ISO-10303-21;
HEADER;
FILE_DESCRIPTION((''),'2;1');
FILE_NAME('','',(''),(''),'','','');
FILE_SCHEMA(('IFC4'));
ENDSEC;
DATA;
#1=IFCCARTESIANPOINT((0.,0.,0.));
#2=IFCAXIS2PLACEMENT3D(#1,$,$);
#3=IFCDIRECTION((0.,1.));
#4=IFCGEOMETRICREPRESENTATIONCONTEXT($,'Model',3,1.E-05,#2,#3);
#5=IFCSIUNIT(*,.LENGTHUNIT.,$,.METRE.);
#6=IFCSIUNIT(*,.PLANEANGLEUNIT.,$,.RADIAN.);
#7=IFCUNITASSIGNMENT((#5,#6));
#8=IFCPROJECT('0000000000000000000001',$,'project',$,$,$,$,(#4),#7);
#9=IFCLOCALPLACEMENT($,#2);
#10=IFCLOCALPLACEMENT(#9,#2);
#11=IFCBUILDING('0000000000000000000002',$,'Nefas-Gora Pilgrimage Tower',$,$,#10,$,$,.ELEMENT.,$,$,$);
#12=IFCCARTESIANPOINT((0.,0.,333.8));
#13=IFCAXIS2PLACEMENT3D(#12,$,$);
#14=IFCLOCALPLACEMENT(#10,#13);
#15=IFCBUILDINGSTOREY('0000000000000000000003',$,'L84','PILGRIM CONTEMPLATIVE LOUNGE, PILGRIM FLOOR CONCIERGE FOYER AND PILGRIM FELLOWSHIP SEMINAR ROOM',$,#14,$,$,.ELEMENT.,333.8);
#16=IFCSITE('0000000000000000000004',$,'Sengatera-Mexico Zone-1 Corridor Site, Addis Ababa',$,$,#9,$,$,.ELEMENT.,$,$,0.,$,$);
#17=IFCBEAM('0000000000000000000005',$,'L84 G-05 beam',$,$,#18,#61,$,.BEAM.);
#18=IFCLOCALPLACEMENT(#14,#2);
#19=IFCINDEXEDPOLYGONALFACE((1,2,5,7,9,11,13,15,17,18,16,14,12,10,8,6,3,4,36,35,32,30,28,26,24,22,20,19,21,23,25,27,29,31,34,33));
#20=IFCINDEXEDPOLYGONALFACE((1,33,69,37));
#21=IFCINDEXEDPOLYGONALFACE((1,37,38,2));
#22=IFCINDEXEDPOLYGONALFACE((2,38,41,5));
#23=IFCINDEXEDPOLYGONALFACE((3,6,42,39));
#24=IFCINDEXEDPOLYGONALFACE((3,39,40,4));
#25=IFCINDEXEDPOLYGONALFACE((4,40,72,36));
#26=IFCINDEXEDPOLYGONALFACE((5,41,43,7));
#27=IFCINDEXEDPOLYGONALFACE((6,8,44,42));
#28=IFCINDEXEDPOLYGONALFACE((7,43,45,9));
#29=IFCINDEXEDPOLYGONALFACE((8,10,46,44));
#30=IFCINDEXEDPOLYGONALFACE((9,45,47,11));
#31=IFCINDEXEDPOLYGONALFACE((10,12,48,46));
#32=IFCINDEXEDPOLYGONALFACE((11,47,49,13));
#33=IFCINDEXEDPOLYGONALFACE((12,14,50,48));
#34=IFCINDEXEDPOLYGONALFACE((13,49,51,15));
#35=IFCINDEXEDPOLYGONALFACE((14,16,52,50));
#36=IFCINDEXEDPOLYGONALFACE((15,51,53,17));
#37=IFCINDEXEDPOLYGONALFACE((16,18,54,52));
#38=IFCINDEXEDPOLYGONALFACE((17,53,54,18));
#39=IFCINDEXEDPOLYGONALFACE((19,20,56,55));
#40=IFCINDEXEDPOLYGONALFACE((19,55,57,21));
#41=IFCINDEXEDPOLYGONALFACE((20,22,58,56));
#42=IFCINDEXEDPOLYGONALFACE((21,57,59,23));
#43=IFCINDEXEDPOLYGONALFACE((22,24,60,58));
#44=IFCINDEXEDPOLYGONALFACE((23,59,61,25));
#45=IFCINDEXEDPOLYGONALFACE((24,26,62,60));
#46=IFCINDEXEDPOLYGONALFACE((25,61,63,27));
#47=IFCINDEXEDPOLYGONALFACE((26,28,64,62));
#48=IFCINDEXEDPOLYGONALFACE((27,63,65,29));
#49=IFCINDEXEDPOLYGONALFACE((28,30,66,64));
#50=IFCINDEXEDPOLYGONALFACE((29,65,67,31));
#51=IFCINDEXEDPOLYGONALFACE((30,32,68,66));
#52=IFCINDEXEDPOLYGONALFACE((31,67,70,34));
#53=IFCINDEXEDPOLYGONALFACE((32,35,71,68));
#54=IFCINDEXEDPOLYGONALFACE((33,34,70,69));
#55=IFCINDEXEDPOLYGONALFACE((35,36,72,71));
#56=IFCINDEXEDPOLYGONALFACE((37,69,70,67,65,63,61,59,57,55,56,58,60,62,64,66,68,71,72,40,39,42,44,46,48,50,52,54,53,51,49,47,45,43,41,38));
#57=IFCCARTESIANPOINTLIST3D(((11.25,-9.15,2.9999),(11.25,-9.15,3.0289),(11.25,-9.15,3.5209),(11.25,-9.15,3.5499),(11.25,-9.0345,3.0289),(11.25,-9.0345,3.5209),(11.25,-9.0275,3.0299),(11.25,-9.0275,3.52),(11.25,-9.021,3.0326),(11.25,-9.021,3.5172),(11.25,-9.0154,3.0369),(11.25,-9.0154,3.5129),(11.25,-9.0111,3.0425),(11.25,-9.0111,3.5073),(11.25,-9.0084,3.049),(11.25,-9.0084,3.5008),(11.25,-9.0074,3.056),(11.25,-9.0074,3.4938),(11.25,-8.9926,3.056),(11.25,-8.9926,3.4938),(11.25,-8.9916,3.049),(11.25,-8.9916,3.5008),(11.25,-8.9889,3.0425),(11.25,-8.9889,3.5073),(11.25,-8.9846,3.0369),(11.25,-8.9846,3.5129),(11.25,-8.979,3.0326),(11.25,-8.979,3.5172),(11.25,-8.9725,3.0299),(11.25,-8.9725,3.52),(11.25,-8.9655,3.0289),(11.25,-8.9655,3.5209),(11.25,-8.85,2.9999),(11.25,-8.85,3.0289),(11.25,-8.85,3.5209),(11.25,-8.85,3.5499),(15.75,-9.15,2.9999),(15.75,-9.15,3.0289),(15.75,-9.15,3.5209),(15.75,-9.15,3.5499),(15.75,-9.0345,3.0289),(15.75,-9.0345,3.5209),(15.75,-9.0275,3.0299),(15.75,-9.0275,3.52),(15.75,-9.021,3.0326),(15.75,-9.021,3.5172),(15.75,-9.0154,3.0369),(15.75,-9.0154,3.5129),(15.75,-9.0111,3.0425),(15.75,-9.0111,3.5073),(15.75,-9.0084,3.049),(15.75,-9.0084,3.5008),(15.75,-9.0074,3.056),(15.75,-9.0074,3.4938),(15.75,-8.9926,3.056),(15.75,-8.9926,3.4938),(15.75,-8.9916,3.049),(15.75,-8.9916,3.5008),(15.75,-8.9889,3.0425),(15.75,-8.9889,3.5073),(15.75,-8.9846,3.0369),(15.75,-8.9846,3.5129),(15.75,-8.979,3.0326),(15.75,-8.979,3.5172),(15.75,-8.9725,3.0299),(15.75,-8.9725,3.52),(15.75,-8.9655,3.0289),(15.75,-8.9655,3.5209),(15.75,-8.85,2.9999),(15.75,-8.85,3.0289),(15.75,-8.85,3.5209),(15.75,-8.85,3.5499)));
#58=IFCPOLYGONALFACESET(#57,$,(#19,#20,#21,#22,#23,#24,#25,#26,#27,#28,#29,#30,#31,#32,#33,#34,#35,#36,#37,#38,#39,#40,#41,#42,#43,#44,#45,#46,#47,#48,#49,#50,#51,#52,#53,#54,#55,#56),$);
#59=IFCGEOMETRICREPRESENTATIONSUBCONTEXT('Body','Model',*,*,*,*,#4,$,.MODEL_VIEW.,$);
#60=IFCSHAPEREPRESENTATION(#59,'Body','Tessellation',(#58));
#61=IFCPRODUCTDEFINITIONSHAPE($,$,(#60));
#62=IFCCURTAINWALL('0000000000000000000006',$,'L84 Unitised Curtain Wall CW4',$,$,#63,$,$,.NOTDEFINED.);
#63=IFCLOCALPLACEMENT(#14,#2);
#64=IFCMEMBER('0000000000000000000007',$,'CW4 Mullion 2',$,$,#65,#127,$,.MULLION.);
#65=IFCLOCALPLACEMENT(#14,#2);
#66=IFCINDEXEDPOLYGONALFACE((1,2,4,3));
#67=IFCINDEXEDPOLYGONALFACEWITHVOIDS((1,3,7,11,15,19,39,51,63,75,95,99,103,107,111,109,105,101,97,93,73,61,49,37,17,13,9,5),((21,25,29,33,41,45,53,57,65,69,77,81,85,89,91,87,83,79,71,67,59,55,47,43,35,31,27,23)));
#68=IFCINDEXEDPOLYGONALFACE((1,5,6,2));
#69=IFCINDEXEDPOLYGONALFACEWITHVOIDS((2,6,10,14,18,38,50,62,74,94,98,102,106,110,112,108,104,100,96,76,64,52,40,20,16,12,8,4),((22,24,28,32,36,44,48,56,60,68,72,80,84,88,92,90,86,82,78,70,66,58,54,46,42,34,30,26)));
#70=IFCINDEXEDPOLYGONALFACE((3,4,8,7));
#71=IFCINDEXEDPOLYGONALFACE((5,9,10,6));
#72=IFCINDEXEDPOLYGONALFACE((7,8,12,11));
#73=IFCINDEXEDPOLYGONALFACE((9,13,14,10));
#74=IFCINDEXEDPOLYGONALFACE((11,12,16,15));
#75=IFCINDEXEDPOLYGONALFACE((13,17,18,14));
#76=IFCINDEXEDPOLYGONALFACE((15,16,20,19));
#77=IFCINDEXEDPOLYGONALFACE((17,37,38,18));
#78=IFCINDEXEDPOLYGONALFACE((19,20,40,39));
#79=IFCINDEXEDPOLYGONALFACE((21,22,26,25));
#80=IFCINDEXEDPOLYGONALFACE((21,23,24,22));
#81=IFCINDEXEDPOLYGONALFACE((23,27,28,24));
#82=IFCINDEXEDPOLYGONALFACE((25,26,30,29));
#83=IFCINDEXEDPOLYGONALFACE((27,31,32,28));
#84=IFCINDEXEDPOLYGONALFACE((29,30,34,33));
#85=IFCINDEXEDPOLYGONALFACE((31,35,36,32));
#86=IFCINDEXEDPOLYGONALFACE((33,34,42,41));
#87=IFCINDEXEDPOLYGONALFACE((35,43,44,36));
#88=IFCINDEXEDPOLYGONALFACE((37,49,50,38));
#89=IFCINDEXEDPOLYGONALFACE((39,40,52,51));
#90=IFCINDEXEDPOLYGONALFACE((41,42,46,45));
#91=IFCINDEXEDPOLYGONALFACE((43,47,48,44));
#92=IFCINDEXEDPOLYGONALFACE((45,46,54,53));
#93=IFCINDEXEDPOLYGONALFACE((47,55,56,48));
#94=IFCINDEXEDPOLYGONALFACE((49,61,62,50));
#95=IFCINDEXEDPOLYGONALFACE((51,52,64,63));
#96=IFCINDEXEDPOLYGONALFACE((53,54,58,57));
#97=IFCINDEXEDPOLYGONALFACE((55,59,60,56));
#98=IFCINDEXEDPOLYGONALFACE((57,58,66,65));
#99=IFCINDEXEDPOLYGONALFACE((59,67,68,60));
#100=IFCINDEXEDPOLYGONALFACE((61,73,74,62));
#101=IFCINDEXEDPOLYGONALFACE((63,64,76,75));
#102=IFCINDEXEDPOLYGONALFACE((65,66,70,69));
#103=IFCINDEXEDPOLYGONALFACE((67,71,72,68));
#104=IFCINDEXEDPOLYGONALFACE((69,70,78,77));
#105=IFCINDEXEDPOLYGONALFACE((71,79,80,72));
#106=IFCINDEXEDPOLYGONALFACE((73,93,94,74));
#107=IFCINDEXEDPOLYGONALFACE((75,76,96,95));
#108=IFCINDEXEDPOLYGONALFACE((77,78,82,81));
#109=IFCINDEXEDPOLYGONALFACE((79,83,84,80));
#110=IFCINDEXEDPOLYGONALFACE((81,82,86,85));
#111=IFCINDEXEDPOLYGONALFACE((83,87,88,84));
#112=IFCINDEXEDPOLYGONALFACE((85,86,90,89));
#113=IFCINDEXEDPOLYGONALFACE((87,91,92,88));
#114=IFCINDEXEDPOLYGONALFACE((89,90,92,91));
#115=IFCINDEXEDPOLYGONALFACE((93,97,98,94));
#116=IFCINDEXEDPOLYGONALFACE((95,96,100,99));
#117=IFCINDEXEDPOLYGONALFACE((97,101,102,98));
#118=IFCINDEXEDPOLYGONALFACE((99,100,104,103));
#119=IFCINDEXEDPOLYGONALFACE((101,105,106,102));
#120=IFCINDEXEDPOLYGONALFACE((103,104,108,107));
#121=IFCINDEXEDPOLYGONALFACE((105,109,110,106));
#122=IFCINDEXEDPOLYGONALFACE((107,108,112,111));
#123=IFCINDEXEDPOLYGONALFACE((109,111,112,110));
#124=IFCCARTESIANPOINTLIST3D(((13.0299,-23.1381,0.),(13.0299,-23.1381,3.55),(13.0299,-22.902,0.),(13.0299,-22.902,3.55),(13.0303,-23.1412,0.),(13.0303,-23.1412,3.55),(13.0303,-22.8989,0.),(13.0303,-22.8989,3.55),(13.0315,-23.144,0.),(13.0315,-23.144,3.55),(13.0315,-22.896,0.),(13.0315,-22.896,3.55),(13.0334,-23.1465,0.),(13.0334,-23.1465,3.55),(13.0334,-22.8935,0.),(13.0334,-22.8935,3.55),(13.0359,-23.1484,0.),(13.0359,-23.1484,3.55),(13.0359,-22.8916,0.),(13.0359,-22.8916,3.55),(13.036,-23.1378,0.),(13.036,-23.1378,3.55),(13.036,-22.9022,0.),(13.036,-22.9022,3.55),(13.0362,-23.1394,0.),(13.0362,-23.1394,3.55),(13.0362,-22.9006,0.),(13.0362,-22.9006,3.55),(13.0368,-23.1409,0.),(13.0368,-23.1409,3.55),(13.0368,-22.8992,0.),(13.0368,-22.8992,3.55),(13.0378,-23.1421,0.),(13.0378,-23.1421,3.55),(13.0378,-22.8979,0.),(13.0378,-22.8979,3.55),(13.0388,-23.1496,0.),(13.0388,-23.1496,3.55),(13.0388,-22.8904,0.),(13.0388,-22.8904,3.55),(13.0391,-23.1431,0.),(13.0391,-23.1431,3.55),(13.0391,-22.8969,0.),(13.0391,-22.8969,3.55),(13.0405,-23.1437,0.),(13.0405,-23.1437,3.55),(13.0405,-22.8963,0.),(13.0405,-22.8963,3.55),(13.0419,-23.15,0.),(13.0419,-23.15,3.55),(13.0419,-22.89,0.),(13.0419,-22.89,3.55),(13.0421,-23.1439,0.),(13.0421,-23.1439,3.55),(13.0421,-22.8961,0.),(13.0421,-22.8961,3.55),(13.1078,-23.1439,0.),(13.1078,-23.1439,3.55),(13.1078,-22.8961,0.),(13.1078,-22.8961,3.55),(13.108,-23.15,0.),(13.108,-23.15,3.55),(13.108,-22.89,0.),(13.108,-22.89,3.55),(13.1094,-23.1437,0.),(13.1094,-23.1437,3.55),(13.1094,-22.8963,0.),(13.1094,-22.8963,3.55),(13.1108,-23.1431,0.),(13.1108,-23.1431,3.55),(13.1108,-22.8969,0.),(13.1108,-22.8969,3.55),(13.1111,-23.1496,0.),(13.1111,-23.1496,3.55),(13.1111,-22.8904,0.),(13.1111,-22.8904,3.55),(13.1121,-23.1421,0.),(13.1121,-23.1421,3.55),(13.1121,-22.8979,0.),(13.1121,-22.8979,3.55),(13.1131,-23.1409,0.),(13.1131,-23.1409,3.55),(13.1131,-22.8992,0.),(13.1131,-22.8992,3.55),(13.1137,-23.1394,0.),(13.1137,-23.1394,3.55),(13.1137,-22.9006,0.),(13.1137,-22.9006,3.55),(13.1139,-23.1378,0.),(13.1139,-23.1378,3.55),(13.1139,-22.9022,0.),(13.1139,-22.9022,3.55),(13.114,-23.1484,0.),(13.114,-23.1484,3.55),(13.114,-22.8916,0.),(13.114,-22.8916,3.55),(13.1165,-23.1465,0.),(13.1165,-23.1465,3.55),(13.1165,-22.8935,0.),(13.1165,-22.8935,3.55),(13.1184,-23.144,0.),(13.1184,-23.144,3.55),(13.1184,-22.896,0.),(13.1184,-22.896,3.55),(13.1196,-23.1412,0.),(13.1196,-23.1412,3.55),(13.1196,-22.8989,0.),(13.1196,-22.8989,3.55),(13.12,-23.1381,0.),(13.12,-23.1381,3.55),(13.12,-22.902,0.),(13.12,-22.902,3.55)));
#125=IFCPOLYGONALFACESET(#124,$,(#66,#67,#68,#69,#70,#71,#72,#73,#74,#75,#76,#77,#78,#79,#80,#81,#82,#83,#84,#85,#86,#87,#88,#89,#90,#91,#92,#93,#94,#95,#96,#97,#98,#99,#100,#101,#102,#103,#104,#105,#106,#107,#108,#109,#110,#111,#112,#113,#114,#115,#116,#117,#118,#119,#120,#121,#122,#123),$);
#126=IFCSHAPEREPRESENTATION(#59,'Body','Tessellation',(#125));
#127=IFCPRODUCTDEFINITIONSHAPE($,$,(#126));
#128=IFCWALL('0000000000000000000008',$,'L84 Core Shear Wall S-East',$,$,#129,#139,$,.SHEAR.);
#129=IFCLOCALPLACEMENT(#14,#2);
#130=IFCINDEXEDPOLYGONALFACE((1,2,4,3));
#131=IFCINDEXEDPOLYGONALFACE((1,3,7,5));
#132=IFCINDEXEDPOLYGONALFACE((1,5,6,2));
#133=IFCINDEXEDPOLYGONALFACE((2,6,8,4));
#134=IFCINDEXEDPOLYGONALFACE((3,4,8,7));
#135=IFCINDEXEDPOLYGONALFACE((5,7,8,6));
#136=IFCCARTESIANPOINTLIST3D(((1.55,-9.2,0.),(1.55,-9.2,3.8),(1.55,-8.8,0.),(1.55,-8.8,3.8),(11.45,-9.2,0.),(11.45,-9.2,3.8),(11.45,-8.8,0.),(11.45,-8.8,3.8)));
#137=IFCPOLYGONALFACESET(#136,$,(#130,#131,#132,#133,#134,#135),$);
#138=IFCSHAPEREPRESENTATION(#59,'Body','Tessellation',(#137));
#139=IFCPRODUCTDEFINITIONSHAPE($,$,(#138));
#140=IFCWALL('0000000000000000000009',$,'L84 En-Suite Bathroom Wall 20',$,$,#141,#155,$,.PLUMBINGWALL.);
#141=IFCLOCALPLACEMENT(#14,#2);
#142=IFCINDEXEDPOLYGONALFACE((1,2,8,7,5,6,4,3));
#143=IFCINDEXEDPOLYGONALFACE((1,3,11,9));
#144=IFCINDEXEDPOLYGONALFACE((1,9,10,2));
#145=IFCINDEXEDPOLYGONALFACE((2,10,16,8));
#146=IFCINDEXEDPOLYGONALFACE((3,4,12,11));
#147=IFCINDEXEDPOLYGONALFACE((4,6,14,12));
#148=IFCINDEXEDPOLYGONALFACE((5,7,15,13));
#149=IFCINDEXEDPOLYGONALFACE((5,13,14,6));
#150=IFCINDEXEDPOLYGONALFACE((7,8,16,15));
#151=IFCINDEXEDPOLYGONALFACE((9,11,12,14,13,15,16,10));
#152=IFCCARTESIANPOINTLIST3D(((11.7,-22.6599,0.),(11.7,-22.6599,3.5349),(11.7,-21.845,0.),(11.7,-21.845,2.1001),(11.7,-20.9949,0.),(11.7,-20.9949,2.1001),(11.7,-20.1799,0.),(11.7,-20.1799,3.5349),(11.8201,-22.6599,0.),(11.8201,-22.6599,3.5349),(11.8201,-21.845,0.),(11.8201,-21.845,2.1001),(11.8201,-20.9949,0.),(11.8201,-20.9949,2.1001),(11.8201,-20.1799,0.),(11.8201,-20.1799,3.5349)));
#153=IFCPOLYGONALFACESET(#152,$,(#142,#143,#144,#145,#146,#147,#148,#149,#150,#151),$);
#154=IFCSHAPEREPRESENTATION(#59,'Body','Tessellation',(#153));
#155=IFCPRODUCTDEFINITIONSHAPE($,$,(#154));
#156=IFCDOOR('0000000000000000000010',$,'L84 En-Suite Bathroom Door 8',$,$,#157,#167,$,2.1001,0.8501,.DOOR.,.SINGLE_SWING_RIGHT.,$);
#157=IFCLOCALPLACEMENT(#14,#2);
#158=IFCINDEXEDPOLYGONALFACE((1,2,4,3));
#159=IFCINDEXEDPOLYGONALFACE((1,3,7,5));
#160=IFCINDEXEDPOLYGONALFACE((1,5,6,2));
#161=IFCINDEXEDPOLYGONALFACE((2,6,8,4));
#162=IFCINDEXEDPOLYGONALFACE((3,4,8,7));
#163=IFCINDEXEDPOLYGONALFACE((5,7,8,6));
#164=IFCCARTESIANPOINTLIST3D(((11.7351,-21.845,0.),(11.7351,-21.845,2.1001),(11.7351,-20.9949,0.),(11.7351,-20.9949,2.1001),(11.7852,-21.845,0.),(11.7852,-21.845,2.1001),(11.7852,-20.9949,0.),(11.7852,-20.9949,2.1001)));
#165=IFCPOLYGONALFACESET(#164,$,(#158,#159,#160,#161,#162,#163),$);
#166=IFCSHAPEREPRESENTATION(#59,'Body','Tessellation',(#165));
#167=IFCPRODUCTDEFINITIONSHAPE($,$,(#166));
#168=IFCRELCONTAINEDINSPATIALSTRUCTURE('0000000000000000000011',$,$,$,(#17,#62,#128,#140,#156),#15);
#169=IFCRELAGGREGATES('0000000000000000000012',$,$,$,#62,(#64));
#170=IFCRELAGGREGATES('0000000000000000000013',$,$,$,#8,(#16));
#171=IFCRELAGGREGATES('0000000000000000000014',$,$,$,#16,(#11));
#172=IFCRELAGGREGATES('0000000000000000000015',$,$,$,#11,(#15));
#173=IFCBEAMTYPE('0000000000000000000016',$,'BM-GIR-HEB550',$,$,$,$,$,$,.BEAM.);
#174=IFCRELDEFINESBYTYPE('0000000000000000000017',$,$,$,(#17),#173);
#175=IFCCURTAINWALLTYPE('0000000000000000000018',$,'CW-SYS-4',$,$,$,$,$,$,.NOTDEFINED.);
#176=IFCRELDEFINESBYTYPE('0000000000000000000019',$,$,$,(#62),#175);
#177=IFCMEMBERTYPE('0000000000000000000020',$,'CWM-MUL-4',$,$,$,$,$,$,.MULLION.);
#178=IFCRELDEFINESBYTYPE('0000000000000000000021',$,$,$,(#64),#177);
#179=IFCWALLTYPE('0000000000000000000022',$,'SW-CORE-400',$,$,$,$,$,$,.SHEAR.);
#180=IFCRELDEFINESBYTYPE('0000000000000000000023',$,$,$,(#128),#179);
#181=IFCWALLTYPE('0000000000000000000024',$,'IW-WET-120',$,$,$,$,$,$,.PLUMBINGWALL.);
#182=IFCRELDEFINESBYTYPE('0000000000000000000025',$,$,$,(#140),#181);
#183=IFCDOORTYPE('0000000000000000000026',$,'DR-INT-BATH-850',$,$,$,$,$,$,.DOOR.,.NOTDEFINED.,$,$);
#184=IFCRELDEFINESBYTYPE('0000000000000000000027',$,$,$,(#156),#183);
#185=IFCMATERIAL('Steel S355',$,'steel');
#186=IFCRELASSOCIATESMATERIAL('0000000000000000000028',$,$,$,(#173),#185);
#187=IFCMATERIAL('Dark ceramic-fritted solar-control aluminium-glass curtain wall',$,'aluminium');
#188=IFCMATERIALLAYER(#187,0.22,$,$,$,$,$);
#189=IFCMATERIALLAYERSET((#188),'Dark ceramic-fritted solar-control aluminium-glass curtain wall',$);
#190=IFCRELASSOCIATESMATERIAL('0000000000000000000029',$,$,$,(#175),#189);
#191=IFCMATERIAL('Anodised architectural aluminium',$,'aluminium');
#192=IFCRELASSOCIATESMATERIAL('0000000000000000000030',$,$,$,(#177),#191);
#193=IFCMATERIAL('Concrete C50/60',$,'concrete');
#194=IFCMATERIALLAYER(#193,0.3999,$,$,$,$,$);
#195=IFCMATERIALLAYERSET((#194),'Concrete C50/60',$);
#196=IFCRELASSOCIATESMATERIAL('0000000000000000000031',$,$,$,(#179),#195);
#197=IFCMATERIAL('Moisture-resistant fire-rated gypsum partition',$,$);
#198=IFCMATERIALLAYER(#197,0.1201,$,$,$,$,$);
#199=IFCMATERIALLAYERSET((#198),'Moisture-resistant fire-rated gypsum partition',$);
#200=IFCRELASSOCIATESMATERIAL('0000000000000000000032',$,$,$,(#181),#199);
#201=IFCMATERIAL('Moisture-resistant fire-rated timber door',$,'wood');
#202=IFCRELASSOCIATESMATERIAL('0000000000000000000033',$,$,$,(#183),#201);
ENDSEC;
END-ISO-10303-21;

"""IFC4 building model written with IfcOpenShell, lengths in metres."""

from ifc_helpers import new_model, si_unit, direction, frame, frame_2d, origin, origin_2d, place, context, subcontext, project, spatial, rectangle, hollow_rectangle, i_section, extrude, source, transform, mapped, material, layer, layer_set, material_profile, profile_set, type_object, element, fill, aggregate, save


model = new_model("IFC4")

# Units and contexts
model_context = context("Model", 3, precision=1e-05, world=origin(), true_north=direction((0.0, 1.0)))
body_context = subcontext(model_context, "Body", "Model", "MODEL_VIEW")
ifc_project = project(units=[si_unit("LENGTHUNIT", "METRE"), si_unit("PLANEANGLEUNIT", "RADIAN")], contexts=[model_context])

# Site, building, storey
site_placement = place(None, origin())
site = spatial("IfcSite", under=ifc_project, at=site_placement, Name="Sengatera-Mexico Zone-1 Corridor Site, Addis Ababa", CompositionType="ELEMENT", RefElevation=0.0)
building_placement = place(site_placement, origin())
building = spatial("IfcBuilding", under=site, at=building_placement, Name="Nefas-Gora Pilgrimage Tower", CompositionType="ELEMENT")
storey_placement = place(building_placement, frame((0.0, 0.0, 333.8)))
storey = spatial("IfcBuildingStorey", under=building, at=storey_placement, Name="L84", Description="PILGRIM CONTEMPLATIVE LOUNGE, PILGRIM FLOOR CONCIERGE FOYER AND PILGRIM FELLOWSHIP SEMINAR ROOM", CompositionType="ELEMENT", Elevation=333.8)

# Shared definitions
ifc_material_1 = material(Name="Steel S355", Category="steel")
ifc_material_2 = material(Name="Concrete C50/60", Category="concrete")

# Beam
ifc_material_profile_1 = material_profile(ifc_material_1, i_section(OverallWidth=0.3, OverallDepth=0.55, WebThickness=0.0149, FlangeThickness=0.0291, FilletRadius=0.0271, at=origin_2d()), Name="HEB 550")
ifc_profile_set_1 = profile_set([ifc_material_profile_1], Name="Steel S355")
beam_type = type_object("IfcBeamType", Name="BM-GIR-HEB550", PredefinedType="BEAM", material=ifc_profile_set_1)
shared_shape_1 = source(origin(), body_context, "Body", "SweptSolid", [
    extrude(i_section(OverallWidth=0.3, OverallDepth=0.55, WebThickness=0.0149, FlangeThickness=0.0291, FilletRadius=0.0271, at=origin_2d()), origin(), (0.0, 0.0, 1.0), 4.5),
])
for number, where, z_axis, x_axis, name in (
    (1, (11.25, -9.0, 3.2749), (1.0, 0.0, 0.0), (0.0, 1.0, 0.0), "L84 G-05 beam"),
):
    element("IfcBeam", number, at=place(storey_placement, frame(where, z_axis=z_axis, x_axis=x_axis)), inside=storey, type_object=beam_type, Name=name, PredefinedType="BEAM", context=body_context, shape_type="MappedRepresentation", body=[
        mapped(shared_shape_1, transform((0.0, 0.0, 0.0), x_axis=(1.0, 0.0, 0.0), y_axis=(0.0, 1.0, 0.0), z_axis=(0.0, 0.0, 1.0), scale=1.0)),
    ])

# Curtain wall, member
ifc_material_3 = material(Name="Dark ceramic-fritted solar-control aluminium-glass curtain wall", Category="aluminium")
ifc_layer_1 = layer(ifc_material_3, 0.22)
ifc_layer_set_1 = layer_set([ifc_layer_1], Name="Dark ceramic-fritted solar-control aluminium-glass curtain wall")
curtain_wall_type = type_object("IfcCurtainWallType", Name="CW-SYS-4", PredefinedType="NOTDEFINED", material=ifc_layer_set_1)
curtain_wall_placement = place(storey_placement, origin())
curtain_wall = element("IfcCurtainWall", 2, at=curtain_wall_placement, inside=storey, type_object=curtain_wall_type, Name="L84 Unitised Curtain Wall CW4", PredefinedType="NOTDEFINED")
ifc_material_4 = material(Name="Anodised architectural aluminium", Category="aluminium")
ifc_material_profile_2 = material_profile(ifc_material_4, hollow_rectangle(XDim=0.0901, YDim=0.26, WallThickness=0.0061, InnerFilletRadius=0.0061, OuterFilletRadius=0.012, at=origin_2d()), Name="ALU MULLION 90x260")
ifc_profile_set_2 = profile_set([ifc_material_profile_2], Name="Anodised architectural aluminium")
member_type = type_object("IfcMemberType", Name="CWM-MUL-4", PredefinedType="MULLION", material=ifc_profile_set_2)
shared_shape_2 = source(origin(), body_context, "Body", "SweptSolid", [
    extrude(hollow_rectangle(XDim=0.0901, YDim=0.26, WallThickness=0.0061, InnerFilletRadius=0.0061, OuterFilletRadius=0.012, at=origin_2d()), origin(), (0.0, 0.0, 1.0), 3.55),
])
member_placement = place(storey_placement, frame((13.075, -23.02, 0.0), z_axis=(0.0, 0.0, 1.0), x_axis=(1.0, 0.0, 0.0)))
member = element("IfcMember", 3, at=member_placement, type_object=member_type, Name="CW4 Mullion 2", PredefinedType="MULLION", context=body_context, shape_type="MappedRepresentation", body=[
    mapped(shared_shape_2, transform((0.0, 0.0, 0.0), x_axis=(1.0, 0.0, 0.0), y_axis=(0.0, 1.0, 0.0), z_axis=(0.0, 0.0, 1.0), scale=1.0)),
])
aggregate(curtain_wall, [member])

# Wall
ifc_layer_2 = layer(ifc_material_2, 0.3999)
ifc_layer_set_2 = layer_set([ifc_layer_2], Name="Concrete C50/60")
wall_type_1 = type_object("IfcWallType", Name="SW-CORE-400", PredefinedType="SHEAR", material=ifc_layer_set_2)
shared_shape_3 = source(origin(), body_context, "Body", "SweptSolid", [
    extrude(rectangle(XDim=9.8999, YDim=0.3999, at=frame_2d((4.95, 0.0))), origin(), (0.0, 0.0, 1.0), 3.8),
])
wall_1_placement = place(storey_placement, frame((1.55, -9.0, 0.0), z_axis=(0.0, 0.0, 1.0), x_axis=(1.0, 0.0, 0.0)))
element("IfcWall", 4, at=wall_1_placement, inside=storey, type_object=wall_type_1, Name="L84 Core Shear Wall S-East", PredefinedType="SHEAR", context=body_context, shape_type="MappedRepresentation", body=[
    mapped(shared_shape_3, transform((0.0, 0.0, 0.0), x_axis=(1.0, 0.0, 0.0), y_axis=(0.0, 1.0, 0.0), z_axis=(0.0, 0.0, 1.0), scale=1.0)),
])

# Wall, opening, door
ifc_material_5 = material(Name="Moisture-resistant fire-rated gypsum partition")
ifc_layer_3 = layer(ifc_material_5, 0.1201)
ifc_layer_set_3 = layer_set([ifc_layer_3], Name="Moisture-resistant fire-rated gypsum partition")
wall_type_2 = type_object("IfcWallType", Name="IW-WET-120", PredefinedType="PLUMBINGWALL", material=ifc_layer_set_3)
shared_shape_4 = source(origin(), body_context, "Body", "SweptSolid", [
    extrude(rectangle(XDim=2.48, YDim=0.1201, at=frame_2d((1.24, 0.0))), origin(), (0.0, 0.0, 1.0), 3.5349),
])
wall_2_placement = place(storey_placement, frame((11.76, -22.6599, 0.0), z_axis=(0.0, 0.0, 1.0), x_axis=(0.0, 1.0, 0.0)))
wall_2 = element("IfcWall", 5, at=wall_2_placement, inside=storey, type_object=wall_type_2, Name="L84 En-Suite Bathroom Wall 20", PredefinedType="PLUMBINGWALL", context=body_context, shape_type="MappedRepresentation", body=[
    mapped(shared_shape_4, transform((0.0, 0.0, 0.0), x_axis=(1.0, 0.0, 0.0), y_axis=(0.0, 1.0, 0.0), z_axis=(0.0, 0.0, 1.0), scale=1.0)),
])
opening_1_placement = place(wall_2_placement, frame((0.8149, 0.0, 0.0)))
opening_1 = element("IfcOpeningElement", 6, at=opening_1_placement, cuts=wall_2, PredefinedType="OPENING", context=body_context, shape_type="SweptSolid", body=[
    extrude(rectangle(XDim=0.8501, YDim=2.1001, at=frame_2d((0.425, 1.05))), frame((0.0, 0.0701, 0.0), z_axis=(0.0, -1.0, 0.0), x_axis=(1.0, 0.0, 0.0)), (0.0, 0.0, 1.0), 0.1401),
])
ifc_material_6 = material(Name="Moisture-resistant fire-rated timber door", Category="wood")
door_type_1 = type_object("IfcDoorType", Name="DR-INT-BATH-850", OperationType="NOTDEFINED", PredefinedType="DOOR", material=ifc_material_6)
shared_shape_5 = source(origin(), body_context, "Body", "SweptSolid", [
    extrude(rectangle(XDim=0.8501, YDim=2.1001, at=frame_2d((0.425, 1.05))), frame((0.0, 0.0249, 0.0), z_axis=(0.0, -1.0, 0.0), x_axis=(1.0, 0.0, 0.0)), (0.0, 0.0, 1.0), 0.05),
])
door_1_placement = place(opening_1_placement, origin())
door_1 = element("IfcDoor", 7, at=door_1_placement, inside=storey, type_object=door_type_1, Name="L84 En-Suite Bathroom Door 8", OperationType="SINGLE_SWING_RIGHT", OverallHeight=2.1001, OverallWidth=0.8501, PredefinedType="DOOR", context=body_context, shape_type="MappedRepresentation", body=[
    mapped(shared_shape_5, transform((0.0, 0.0, 0.0), x_axis=(1.0, 0.0, 0.0), y_axis=(0.0, 1.0, 0.0), z_axis=(0.0, 0.0, 1.0), scale=1.0)),
])
fill(opening_1, door_1)

save(model, "model.ifc")
